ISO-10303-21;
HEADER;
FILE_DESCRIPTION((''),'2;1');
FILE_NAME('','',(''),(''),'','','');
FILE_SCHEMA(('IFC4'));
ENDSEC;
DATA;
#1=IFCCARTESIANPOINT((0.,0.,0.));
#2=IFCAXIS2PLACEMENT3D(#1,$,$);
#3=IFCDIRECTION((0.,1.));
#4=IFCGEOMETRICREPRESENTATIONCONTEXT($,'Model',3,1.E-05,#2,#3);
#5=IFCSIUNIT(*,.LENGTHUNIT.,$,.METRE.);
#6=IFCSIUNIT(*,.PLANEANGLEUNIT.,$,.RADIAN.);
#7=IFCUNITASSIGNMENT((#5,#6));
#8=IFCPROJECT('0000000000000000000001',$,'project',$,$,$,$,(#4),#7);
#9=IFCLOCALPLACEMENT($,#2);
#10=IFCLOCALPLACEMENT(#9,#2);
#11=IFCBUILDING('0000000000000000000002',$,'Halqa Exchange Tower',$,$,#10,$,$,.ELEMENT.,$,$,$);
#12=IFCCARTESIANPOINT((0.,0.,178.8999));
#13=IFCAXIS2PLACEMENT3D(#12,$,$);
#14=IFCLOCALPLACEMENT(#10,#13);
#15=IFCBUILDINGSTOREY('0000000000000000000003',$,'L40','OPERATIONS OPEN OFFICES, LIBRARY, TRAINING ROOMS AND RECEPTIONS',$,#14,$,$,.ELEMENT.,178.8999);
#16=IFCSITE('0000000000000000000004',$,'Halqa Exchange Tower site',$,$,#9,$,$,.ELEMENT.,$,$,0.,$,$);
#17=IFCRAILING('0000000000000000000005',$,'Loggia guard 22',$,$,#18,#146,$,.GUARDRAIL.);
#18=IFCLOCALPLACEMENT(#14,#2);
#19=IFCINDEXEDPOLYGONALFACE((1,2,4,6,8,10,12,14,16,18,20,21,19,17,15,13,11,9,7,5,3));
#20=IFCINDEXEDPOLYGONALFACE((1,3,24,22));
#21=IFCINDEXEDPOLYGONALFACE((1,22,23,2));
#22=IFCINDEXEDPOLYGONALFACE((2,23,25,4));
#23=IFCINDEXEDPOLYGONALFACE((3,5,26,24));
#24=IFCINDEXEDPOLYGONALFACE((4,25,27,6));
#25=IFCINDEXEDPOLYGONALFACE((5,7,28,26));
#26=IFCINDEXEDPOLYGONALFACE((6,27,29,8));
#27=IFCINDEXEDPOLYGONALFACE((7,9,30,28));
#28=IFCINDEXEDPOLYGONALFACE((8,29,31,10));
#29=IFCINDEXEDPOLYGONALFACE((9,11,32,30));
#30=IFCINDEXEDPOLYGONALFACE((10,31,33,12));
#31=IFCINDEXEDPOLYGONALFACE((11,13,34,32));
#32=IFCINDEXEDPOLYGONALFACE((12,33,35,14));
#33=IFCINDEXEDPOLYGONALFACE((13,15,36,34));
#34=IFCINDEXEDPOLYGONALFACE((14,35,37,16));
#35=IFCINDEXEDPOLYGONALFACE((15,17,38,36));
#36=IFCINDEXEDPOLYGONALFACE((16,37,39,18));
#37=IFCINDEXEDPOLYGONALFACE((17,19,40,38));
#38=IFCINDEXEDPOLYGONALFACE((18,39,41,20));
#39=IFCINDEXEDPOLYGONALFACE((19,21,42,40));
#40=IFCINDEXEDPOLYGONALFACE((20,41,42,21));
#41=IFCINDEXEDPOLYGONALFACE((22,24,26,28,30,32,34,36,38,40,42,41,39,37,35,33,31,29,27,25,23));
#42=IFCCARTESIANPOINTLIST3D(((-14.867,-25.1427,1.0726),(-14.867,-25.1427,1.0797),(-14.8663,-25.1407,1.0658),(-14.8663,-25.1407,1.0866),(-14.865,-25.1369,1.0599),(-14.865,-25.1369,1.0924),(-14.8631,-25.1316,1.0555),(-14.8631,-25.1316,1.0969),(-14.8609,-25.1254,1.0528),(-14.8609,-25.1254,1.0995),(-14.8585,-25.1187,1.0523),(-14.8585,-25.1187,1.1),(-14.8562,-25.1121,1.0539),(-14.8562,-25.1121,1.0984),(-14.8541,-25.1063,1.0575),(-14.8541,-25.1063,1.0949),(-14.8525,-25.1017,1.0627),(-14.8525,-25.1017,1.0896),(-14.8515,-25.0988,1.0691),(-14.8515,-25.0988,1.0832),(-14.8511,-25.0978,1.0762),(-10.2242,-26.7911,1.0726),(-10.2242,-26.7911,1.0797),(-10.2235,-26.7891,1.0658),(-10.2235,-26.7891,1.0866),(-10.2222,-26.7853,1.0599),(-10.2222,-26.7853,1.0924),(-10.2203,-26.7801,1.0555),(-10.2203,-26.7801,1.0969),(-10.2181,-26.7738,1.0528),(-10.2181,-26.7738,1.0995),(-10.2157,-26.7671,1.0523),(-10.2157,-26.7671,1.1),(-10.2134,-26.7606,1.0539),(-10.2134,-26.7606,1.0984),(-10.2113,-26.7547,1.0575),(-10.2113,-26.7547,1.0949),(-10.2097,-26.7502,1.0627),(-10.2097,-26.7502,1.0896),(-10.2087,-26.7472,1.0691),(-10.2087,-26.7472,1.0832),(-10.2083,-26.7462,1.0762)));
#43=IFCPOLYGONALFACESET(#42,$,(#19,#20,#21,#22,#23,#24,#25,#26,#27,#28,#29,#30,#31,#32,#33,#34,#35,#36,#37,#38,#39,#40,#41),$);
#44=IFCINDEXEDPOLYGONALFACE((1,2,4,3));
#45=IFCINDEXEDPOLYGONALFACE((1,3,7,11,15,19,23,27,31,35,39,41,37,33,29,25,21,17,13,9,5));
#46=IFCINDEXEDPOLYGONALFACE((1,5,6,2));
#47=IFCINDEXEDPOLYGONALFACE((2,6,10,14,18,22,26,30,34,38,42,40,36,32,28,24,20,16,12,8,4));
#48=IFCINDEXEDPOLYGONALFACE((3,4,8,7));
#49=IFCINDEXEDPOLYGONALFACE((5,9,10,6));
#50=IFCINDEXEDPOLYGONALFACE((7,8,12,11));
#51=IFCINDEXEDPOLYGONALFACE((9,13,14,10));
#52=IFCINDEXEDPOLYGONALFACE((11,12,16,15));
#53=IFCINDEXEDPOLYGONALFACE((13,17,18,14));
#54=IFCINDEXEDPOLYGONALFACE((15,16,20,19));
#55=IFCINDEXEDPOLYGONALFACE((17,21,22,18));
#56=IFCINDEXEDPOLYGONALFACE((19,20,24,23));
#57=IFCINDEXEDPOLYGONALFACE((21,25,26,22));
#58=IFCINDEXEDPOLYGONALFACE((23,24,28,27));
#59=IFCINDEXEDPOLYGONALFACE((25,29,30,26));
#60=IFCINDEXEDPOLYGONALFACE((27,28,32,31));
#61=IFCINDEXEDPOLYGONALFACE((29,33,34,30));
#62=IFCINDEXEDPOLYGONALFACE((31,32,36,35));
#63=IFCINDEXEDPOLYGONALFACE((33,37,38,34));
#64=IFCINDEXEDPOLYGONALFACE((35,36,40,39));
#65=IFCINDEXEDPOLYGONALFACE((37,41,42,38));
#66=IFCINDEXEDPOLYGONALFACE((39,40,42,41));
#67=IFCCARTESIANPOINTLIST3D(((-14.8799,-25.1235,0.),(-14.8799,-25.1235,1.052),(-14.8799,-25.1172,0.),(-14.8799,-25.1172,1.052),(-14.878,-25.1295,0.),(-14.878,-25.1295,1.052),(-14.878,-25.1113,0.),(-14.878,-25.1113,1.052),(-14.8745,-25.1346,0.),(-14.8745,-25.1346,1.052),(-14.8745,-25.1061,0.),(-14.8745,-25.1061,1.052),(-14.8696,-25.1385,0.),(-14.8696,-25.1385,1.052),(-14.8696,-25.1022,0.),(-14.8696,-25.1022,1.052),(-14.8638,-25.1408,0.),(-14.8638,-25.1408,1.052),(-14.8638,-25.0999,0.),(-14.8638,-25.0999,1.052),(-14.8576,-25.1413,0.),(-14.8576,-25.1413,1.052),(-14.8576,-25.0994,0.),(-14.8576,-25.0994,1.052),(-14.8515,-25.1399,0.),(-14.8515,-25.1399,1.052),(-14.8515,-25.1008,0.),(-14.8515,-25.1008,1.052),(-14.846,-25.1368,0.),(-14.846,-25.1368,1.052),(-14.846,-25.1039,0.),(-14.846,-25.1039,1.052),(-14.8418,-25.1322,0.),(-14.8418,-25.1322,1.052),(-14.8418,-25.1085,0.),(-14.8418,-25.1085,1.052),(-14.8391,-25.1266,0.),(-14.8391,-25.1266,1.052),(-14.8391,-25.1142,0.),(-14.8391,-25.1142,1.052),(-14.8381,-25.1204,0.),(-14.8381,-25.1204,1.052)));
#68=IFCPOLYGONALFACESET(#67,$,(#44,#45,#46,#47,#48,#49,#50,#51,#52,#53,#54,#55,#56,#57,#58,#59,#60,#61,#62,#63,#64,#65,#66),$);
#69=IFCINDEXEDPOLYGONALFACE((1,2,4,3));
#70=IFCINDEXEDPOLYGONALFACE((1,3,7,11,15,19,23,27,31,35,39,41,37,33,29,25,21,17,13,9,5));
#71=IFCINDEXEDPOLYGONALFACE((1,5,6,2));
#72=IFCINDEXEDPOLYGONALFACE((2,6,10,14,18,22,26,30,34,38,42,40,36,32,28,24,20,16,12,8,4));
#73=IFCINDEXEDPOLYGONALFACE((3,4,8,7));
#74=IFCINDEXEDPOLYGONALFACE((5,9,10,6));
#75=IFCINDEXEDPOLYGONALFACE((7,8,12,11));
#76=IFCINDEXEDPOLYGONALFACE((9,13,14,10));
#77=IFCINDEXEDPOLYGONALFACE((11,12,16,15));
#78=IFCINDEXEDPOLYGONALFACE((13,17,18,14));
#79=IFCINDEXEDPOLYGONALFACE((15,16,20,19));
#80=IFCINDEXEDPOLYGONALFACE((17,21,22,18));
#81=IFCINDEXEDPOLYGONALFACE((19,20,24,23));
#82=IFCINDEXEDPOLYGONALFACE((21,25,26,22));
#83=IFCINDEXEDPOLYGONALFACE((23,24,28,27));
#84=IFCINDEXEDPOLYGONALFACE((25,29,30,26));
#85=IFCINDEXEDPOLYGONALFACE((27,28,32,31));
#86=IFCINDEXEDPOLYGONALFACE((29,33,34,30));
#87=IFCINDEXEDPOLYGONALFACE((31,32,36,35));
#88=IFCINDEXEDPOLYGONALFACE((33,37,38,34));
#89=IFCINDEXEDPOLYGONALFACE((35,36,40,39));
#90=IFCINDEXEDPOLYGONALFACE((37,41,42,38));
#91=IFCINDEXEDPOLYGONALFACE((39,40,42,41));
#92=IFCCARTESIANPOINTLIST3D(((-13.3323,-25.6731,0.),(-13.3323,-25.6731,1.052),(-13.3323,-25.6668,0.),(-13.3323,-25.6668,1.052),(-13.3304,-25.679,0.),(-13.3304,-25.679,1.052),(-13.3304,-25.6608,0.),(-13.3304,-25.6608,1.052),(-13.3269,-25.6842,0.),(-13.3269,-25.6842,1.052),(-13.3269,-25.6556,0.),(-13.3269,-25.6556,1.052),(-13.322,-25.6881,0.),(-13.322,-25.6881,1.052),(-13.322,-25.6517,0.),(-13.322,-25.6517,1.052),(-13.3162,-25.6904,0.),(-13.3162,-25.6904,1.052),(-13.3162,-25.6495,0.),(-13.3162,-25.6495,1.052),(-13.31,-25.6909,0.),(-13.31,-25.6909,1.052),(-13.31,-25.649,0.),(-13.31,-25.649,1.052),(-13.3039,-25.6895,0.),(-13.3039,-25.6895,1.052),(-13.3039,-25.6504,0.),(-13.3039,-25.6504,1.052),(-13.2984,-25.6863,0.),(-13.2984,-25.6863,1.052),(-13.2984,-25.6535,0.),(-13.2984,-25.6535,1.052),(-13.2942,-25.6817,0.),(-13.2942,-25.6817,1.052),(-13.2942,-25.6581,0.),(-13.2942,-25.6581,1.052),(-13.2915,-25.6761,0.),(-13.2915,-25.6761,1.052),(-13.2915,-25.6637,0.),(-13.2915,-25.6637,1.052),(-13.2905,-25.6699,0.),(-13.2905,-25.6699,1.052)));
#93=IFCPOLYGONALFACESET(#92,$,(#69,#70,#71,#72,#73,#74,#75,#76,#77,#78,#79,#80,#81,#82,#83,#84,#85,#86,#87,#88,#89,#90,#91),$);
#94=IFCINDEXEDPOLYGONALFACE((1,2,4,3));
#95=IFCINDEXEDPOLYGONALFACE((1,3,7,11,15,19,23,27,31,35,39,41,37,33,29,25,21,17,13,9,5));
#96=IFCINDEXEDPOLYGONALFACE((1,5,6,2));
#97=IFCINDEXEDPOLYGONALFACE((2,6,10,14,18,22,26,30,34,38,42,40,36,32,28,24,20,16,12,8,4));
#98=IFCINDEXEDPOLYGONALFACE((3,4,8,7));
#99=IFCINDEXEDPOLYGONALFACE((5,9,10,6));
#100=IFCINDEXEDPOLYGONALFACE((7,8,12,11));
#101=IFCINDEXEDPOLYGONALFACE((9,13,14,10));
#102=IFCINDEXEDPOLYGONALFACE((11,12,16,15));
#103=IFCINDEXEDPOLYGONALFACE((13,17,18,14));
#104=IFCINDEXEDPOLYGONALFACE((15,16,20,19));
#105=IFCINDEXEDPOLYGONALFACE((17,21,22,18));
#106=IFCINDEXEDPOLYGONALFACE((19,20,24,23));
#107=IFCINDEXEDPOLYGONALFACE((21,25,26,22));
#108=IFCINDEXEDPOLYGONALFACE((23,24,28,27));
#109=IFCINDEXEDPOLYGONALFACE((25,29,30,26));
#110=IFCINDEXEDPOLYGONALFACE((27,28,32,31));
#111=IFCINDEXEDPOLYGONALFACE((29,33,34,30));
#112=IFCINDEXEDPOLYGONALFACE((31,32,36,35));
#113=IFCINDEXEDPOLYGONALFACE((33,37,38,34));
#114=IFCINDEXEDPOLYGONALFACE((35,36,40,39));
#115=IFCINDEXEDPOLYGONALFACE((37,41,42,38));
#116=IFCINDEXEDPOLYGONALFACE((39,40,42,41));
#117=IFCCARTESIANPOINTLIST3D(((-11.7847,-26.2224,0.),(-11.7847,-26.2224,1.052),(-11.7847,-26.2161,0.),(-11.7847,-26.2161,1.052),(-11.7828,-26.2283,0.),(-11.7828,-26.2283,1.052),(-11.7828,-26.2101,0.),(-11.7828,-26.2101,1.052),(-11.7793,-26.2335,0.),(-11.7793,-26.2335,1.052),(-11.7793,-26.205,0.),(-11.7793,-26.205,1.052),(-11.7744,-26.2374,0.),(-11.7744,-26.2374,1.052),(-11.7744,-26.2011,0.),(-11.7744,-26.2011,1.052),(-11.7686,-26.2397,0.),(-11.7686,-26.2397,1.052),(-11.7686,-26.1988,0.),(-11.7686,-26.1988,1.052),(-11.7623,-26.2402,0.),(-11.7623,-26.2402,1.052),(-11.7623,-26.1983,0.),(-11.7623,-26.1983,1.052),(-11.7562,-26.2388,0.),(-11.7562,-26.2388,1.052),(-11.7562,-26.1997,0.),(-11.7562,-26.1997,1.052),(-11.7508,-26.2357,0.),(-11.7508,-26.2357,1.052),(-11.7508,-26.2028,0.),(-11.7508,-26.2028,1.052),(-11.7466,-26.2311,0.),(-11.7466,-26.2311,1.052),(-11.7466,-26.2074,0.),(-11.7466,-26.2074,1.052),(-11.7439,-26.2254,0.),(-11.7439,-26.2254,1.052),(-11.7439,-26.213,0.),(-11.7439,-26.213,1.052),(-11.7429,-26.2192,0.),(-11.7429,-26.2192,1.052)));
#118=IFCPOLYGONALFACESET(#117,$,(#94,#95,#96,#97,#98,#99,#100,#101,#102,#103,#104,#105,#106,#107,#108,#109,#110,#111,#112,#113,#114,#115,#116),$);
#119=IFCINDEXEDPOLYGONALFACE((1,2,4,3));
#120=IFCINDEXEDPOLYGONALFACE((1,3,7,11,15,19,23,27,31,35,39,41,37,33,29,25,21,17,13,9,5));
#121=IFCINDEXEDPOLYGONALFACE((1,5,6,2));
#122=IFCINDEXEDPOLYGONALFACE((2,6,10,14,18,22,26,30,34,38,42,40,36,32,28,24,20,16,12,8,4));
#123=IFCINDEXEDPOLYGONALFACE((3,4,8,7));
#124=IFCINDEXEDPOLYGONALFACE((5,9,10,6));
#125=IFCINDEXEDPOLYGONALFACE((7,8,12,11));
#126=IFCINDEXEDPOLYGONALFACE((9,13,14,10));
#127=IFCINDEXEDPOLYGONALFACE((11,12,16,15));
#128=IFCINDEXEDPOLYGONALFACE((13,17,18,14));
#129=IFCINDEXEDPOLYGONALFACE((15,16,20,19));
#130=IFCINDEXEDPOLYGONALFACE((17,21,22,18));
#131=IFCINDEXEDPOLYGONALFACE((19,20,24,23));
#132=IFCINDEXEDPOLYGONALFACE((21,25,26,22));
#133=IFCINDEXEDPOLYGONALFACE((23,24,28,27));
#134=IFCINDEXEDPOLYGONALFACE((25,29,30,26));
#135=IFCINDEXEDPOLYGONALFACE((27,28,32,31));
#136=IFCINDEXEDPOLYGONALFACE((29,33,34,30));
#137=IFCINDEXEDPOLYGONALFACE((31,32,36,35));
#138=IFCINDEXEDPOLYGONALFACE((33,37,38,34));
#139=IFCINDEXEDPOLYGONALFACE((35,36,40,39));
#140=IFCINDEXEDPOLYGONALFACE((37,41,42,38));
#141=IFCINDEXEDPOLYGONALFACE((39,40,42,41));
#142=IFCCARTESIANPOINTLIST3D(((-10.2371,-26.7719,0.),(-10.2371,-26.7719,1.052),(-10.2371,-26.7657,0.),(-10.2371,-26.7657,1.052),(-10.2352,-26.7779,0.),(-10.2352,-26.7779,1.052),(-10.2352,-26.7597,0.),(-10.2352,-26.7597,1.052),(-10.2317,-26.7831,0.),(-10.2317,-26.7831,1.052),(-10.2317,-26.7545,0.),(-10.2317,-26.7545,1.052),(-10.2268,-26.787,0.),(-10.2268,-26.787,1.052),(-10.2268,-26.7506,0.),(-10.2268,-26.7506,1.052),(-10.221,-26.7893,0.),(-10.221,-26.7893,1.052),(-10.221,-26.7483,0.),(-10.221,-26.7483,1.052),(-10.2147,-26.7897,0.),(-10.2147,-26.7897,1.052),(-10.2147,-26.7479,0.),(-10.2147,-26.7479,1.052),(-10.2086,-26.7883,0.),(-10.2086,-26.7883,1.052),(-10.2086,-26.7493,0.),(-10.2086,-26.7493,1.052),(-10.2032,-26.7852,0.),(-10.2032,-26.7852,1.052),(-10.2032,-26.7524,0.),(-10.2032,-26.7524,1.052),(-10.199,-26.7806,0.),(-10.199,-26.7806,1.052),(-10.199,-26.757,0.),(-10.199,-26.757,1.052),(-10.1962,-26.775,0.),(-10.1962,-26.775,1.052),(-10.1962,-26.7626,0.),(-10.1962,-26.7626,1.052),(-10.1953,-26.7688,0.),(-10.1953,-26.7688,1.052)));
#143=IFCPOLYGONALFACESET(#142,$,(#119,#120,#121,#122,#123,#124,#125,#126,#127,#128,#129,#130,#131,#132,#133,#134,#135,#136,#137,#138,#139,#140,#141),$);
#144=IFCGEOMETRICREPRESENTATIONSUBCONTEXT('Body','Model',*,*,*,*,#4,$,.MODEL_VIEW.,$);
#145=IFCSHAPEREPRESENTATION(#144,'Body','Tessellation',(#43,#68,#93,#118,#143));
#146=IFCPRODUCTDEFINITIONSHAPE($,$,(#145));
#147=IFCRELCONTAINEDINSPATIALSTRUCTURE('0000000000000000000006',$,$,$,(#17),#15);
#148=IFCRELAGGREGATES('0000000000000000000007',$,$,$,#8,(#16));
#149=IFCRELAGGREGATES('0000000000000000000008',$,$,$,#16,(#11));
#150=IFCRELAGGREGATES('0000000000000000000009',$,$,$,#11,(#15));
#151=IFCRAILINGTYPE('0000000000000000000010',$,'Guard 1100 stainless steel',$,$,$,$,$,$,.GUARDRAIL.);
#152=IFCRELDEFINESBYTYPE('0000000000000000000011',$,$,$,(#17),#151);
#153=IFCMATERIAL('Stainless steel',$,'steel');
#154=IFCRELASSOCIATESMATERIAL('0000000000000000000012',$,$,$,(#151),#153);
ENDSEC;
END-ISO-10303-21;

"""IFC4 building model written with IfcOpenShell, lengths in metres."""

from ifc_helpers import new_model, si_unit, direction, frame, origin, origin_2d, place, context, subcontext, project, spatial, circle, extrude, material, type_object, element, save


model = new_model("IFC4")

# Units and contexts
model_context = context("Model", 3, precision=1e-05, world=origin(), true_north=direction((0.0, 1.0)))
body_context = subcontext(model_context, "Body", "Model", "MODEL_VIEW")
ifc_project = project(units=[si_unit("LENGTHUNIT", "METRE"), si_unit("PLANEANGLEUNIT", "RADIAN")], contexts=[model_context])

# Site, building, storey
site_placement = place(None, origin())
site = spatial("IfcSite", under=ifc_project, at=site_placement, Name="Halqa Exchange Tower site", CompositionType="ELEMENT", RefElevation=0.0)
building_placement = place(site_placement, origin())
building = spatial("IfcBuilding", under=site, at=building_placement, Name="Halqa Exchange Tower", CompositionType="ELEMENT")
storey_placement = place(building_placement, frame((0.0, 0.0, 178.8999)))
storey = spatial("IfcBuildingStorey", under=building, at=storey_placement, Name="L40", Description="OPERATIONS OPEN OFFICES, LIBRARY, TRAINING ROOMS AND RECEPTIONS", CompositionType="ELEMENT", Elevation=178.8999)

# Railing
ifc_material_1 = material(Name="Stainless steel", Category="steel")
railing_type = type_object("IfcRailingType", Name="Guard 1100 stainless steel", PredefinedType="GUARDRAIL", material=ifc_material_1)
railing_1_placement = place(storey_placement, frame((-14.8591, -25.1204, 0.0)))
element("IfcRailing", 1, at=railing_1_placement, inside=storey, type_object=railing_type, Name="Loggia guard 22", PredefinedType="GUARDRAIL", context=body_context, shape_type="SweptSolid", body=[
    extrude(circle(Radius=0.0239, at=origin_2d()), frame((0.0, 0.0, 1.0762), z_axis=(0.942365, -0.334587, 0.0), x_axis=(0.334587, 0.942365, 0.0)), (0.0, 0.0, 1.0), 4.9268),
    extrude(circle(Radius=0.021, at=origin_2d()), origin(), (0.0, 0.0, 1.0), 1.052),
    extrude(circle(Radius=0.021, at=origin_2d()), frame((1.5476, -0.5496, 0.0)), (0.0, 0.0, 1.0), 1.052),
    extrude(circle(Radius=0.021, at=origin_2d()), frame((3.0952, -1.0989, 0.0)), (0.0, 0.0, 1.0), 1.052),
    extrude(circle(Radius=0.021, at=origin_2d()), frame((4.6428, -1.6484, 0.0)), (0.0, 0.0, 1.0), 1.052),
])

save(model, "model.ifc")
